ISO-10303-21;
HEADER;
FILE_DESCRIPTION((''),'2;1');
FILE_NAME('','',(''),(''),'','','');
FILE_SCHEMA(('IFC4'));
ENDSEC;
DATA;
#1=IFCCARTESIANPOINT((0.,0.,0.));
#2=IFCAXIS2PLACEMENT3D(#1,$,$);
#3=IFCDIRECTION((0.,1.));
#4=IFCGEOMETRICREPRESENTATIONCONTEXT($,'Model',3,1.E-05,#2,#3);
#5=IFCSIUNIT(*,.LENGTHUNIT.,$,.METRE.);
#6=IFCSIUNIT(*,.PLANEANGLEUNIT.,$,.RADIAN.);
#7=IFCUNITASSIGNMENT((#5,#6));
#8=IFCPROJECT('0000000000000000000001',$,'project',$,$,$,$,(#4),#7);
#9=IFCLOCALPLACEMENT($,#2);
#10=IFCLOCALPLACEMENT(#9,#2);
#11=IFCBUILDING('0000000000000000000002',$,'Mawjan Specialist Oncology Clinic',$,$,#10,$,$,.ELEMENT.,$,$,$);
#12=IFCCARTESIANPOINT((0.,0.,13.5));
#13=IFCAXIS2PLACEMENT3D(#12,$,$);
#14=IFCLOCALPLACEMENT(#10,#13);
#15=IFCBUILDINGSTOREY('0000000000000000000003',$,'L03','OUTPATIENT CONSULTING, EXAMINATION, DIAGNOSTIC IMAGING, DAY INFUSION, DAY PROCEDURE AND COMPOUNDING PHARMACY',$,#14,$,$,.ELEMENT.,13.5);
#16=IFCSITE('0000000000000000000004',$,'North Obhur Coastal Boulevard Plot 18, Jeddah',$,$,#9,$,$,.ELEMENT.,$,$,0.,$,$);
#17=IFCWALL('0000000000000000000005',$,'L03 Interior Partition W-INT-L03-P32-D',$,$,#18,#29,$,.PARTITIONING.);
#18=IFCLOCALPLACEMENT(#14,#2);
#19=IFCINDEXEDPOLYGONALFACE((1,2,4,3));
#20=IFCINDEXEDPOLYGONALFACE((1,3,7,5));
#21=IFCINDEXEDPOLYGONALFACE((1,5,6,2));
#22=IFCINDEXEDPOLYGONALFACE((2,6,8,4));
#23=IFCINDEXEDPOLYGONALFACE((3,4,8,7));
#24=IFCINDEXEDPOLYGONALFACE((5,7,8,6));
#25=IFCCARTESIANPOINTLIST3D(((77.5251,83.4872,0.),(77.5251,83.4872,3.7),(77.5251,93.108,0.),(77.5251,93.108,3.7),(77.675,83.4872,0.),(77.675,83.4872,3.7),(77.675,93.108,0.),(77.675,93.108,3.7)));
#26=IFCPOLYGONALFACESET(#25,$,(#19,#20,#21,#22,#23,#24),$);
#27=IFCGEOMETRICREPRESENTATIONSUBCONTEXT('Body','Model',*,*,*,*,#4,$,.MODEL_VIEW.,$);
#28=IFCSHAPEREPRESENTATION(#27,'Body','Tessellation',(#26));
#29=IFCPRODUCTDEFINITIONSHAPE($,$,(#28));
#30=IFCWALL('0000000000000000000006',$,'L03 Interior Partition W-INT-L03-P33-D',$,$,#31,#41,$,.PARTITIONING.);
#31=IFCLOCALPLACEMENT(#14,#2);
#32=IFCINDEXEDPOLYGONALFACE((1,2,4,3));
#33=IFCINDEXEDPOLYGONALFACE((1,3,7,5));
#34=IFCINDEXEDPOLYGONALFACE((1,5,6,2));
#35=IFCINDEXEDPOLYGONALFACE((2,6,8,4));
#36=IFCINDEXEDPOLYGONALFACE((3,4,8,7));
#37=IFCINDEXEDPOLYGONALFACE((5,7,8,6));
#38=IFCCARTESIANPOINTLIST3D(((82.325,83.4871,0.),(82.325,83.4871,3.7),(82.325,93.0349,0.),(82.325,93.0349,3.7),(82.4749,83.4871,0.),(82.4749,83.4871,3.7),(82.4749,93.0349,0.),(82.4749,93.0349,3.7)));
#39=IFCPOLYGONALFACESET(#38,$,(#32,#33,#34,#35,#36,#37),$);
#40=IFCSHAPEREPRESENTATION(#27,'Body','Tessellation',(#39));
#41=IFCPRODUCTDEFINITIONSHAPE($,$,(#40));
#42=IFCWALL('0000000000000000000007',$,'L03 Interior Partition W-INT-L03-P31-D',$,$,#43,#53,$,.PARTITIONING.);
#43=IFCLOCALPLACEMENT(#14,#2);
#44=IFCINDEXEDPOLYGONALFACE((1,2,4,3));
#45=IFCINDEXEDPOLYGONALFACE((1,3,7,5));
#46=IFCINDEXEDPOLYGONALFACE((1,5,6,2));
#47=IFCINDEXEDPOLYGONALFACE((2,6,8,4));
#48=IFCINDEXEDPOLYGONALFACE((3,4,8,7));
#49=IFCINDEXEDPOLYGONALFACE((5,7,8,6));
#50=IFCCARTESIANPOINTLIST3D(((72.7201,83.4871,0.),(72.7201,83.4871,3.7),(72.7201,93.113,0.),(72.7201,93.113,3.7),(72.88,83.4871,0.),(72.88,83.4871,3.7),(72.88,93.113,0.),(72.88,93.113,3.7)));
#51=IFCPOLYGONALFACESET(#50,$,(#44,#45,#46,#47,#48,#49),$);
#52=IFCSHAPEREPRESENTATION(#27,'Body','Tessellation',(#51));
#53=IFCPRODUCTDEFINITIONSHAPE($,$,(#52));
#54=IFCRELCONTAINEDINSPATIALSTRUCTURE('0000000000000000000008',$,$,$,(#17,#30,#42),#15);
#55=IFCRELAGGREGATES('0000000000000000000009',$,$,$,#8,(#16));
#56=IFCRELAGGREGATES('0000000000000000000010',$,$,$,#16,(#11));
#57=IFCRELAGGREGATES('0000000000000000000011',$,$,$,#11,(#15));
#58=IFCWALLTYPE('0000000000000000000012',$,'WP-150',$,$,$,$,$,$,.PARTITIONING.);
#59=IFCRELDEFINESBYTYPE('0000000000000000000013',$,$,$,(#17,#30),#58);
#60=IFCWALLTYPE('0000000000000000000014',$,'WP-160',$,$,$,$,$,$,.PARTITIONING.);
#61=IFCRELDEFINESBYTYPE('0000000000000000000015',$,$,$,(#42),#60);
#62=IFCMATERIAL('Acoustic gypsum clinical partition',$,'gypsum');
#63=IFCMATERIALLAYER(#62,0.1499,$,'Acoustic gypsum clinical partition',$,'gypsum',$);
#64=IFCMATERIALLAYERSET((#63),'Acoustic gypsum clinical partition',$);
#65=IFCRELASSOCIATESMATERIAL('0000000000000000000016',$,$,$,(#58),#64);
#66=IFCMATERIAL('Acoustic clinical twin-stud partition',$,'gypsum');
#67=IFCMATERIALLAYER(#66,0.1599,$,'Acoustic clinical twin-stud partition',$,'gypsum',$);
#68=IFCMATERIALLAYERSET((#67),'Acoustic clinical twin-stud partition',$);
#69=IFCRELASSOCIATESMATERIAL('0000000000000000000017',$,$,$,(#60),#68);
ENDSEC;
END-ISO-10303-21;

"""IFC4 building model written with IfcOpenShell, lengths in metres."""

from ifc_helpers import new_model, si_unit, direction, frame, frame_2d, origin, place, context, subcontext, project, spatial, rectangle, extrude, material, layer, layer_set, type_object, element, save


model = new_model("IFC4")

# Units and contexts
model_context = context("Model", 3, precision=1e-05, world=origin(), true_north=direction((0.0, 1.0)))
body_context = subcontext(model_context, "Body", "Model", "MODEL_VIEW")
ifc_project = project(units=[si_unit("LENGTHUNIT", "METRE"), si_unit("PLANEANGLEUNIT", "RADIAN")], contexts=[model_context])

# Site, building, storey
site_placement = place(None, origin())
site = spatial("IfcSite", under=ifc_project, at=site_placement, Name="North Obhur Coastal Boulevard Plot 18, Jeddah", CompositionType="ELEMENT", RefElevation=0.0)
building_placement = place(site_placement, origin())
building = spatial("IfcBuilding", under=site, at=building_placement, Name="Mawjan Specialist Oncology Clinic", CompositionType="ELEMENT")
storey_placement = place(building_placement, frame((0.0, 0.0, 13.5)))
storey = spatial("IfcBuildingStorey", under=building, at=storey_placement, Name="L03", Description="OUTPATIENT CONSULTING, EXAMINATION, DIAGNOSTIC IMAGING, DAY INFUSION, DAY PROCEDURE AND COMPOUNDING PHARMACY", CompositionType="ELEMENT", Elevation=13.5)

# Walls
ifc_material_1 = material(Name="Acoustic gypsum clinical partition", Category="gypsum")
ifc_layer_1 = layer(ifc_material_1, 0.1499, Name="Acoustic gypsum clinical partition", Category="gypsum")
ifc_layer_set_1 = layer_set([ifc_layer_1], Name="Acoustic gypsum clinical partition")
wall_type_1 = type_object("IfcWallType", Name="WP-150", PredefinedType="PARTITIONING", material=ifc_layer_set_1)
wall_1_placement = place(storey_placement, frame((77.6001, 83.4871, 0.0), z_axis=(0.0, 0.0, 1.0), x_axis=(0.0, 1.0, 0.0)))
element("IfcWall", 1, at=wall_1_placement, inside=storey, type_object=wall_type_1, Name="L03 Interior Partition W-INT-L03-P32-D", PredefinedType="PARTITIONING", context=body_context, shape_type="SweptSolid", body=[
    extrude(rectangle(XDim=9.6208, YDim=0.1499, at=frame_2d((4.8105, 0.0))), origin(), (0.0, 0.0, 1.0), 3.7),
])
wall_2_placement = place(storey_placement, frame((82.3999, 83.4871, 0.0), z_axis=(0.0, 0.0, 1.0), x_axis=(0.0, 1.0, 0.0)))
element("IfcWall", 2, at=wall_2_placement, inside=storey, type_object=wall_type_1, Name="L03 Interior Partition W-INT-L03-P33-D", PredefinedType="PARTITIONING", context=body_context, shape_type="SweptSolid", body=[
    extrude(rectangle(XDim=9.5479, YDim=0.1499, at=frame_2d((4.7739, 0.0))), origin(), (0.0, 0.0, 1.0), 3.7),
])
ifc_material_2 = material(Name="Acoustic clinical twin-stud partition", Category="gypsum")
ifc_layer_2 = layer(ifc_material_2, 0.1599, Name="Acoustic clinical twin-stud partition", Category="gypsum")
ifc_layer_set_2 = layer_set([ifc_layer_2], Name="Acoustic clinical twin-stud partition")
wall_type_2 = type_object("IfcWallType", Name="WP-160", PredefinedType="PARTITIONING", material=ifc_layer_set_2)
wall_3_placement = place(storey_placement, frame((72.8, 83.4871, 0.0), z_axis=(0.0, 0.0, 1.0), x_axis=(0.0, 1.0, 0.0)))
element("IfcWall", 3, at=wall_3_placement, inside=storey, type_object=wall_type_2, Name="L03 Interior Partition W-INT-L03-P31-D", PredefinedType="PARTITIONING", context=body_context, shape_type="SweptSolid", body=[
    extrude(rectangle(XDim=9.626, YDim=0.1599, at=frame_2d((4.813, 0.0))), origin(), (0.0, 0.0, 1.0), 3.7),
])

save(model, "model.ifc")
